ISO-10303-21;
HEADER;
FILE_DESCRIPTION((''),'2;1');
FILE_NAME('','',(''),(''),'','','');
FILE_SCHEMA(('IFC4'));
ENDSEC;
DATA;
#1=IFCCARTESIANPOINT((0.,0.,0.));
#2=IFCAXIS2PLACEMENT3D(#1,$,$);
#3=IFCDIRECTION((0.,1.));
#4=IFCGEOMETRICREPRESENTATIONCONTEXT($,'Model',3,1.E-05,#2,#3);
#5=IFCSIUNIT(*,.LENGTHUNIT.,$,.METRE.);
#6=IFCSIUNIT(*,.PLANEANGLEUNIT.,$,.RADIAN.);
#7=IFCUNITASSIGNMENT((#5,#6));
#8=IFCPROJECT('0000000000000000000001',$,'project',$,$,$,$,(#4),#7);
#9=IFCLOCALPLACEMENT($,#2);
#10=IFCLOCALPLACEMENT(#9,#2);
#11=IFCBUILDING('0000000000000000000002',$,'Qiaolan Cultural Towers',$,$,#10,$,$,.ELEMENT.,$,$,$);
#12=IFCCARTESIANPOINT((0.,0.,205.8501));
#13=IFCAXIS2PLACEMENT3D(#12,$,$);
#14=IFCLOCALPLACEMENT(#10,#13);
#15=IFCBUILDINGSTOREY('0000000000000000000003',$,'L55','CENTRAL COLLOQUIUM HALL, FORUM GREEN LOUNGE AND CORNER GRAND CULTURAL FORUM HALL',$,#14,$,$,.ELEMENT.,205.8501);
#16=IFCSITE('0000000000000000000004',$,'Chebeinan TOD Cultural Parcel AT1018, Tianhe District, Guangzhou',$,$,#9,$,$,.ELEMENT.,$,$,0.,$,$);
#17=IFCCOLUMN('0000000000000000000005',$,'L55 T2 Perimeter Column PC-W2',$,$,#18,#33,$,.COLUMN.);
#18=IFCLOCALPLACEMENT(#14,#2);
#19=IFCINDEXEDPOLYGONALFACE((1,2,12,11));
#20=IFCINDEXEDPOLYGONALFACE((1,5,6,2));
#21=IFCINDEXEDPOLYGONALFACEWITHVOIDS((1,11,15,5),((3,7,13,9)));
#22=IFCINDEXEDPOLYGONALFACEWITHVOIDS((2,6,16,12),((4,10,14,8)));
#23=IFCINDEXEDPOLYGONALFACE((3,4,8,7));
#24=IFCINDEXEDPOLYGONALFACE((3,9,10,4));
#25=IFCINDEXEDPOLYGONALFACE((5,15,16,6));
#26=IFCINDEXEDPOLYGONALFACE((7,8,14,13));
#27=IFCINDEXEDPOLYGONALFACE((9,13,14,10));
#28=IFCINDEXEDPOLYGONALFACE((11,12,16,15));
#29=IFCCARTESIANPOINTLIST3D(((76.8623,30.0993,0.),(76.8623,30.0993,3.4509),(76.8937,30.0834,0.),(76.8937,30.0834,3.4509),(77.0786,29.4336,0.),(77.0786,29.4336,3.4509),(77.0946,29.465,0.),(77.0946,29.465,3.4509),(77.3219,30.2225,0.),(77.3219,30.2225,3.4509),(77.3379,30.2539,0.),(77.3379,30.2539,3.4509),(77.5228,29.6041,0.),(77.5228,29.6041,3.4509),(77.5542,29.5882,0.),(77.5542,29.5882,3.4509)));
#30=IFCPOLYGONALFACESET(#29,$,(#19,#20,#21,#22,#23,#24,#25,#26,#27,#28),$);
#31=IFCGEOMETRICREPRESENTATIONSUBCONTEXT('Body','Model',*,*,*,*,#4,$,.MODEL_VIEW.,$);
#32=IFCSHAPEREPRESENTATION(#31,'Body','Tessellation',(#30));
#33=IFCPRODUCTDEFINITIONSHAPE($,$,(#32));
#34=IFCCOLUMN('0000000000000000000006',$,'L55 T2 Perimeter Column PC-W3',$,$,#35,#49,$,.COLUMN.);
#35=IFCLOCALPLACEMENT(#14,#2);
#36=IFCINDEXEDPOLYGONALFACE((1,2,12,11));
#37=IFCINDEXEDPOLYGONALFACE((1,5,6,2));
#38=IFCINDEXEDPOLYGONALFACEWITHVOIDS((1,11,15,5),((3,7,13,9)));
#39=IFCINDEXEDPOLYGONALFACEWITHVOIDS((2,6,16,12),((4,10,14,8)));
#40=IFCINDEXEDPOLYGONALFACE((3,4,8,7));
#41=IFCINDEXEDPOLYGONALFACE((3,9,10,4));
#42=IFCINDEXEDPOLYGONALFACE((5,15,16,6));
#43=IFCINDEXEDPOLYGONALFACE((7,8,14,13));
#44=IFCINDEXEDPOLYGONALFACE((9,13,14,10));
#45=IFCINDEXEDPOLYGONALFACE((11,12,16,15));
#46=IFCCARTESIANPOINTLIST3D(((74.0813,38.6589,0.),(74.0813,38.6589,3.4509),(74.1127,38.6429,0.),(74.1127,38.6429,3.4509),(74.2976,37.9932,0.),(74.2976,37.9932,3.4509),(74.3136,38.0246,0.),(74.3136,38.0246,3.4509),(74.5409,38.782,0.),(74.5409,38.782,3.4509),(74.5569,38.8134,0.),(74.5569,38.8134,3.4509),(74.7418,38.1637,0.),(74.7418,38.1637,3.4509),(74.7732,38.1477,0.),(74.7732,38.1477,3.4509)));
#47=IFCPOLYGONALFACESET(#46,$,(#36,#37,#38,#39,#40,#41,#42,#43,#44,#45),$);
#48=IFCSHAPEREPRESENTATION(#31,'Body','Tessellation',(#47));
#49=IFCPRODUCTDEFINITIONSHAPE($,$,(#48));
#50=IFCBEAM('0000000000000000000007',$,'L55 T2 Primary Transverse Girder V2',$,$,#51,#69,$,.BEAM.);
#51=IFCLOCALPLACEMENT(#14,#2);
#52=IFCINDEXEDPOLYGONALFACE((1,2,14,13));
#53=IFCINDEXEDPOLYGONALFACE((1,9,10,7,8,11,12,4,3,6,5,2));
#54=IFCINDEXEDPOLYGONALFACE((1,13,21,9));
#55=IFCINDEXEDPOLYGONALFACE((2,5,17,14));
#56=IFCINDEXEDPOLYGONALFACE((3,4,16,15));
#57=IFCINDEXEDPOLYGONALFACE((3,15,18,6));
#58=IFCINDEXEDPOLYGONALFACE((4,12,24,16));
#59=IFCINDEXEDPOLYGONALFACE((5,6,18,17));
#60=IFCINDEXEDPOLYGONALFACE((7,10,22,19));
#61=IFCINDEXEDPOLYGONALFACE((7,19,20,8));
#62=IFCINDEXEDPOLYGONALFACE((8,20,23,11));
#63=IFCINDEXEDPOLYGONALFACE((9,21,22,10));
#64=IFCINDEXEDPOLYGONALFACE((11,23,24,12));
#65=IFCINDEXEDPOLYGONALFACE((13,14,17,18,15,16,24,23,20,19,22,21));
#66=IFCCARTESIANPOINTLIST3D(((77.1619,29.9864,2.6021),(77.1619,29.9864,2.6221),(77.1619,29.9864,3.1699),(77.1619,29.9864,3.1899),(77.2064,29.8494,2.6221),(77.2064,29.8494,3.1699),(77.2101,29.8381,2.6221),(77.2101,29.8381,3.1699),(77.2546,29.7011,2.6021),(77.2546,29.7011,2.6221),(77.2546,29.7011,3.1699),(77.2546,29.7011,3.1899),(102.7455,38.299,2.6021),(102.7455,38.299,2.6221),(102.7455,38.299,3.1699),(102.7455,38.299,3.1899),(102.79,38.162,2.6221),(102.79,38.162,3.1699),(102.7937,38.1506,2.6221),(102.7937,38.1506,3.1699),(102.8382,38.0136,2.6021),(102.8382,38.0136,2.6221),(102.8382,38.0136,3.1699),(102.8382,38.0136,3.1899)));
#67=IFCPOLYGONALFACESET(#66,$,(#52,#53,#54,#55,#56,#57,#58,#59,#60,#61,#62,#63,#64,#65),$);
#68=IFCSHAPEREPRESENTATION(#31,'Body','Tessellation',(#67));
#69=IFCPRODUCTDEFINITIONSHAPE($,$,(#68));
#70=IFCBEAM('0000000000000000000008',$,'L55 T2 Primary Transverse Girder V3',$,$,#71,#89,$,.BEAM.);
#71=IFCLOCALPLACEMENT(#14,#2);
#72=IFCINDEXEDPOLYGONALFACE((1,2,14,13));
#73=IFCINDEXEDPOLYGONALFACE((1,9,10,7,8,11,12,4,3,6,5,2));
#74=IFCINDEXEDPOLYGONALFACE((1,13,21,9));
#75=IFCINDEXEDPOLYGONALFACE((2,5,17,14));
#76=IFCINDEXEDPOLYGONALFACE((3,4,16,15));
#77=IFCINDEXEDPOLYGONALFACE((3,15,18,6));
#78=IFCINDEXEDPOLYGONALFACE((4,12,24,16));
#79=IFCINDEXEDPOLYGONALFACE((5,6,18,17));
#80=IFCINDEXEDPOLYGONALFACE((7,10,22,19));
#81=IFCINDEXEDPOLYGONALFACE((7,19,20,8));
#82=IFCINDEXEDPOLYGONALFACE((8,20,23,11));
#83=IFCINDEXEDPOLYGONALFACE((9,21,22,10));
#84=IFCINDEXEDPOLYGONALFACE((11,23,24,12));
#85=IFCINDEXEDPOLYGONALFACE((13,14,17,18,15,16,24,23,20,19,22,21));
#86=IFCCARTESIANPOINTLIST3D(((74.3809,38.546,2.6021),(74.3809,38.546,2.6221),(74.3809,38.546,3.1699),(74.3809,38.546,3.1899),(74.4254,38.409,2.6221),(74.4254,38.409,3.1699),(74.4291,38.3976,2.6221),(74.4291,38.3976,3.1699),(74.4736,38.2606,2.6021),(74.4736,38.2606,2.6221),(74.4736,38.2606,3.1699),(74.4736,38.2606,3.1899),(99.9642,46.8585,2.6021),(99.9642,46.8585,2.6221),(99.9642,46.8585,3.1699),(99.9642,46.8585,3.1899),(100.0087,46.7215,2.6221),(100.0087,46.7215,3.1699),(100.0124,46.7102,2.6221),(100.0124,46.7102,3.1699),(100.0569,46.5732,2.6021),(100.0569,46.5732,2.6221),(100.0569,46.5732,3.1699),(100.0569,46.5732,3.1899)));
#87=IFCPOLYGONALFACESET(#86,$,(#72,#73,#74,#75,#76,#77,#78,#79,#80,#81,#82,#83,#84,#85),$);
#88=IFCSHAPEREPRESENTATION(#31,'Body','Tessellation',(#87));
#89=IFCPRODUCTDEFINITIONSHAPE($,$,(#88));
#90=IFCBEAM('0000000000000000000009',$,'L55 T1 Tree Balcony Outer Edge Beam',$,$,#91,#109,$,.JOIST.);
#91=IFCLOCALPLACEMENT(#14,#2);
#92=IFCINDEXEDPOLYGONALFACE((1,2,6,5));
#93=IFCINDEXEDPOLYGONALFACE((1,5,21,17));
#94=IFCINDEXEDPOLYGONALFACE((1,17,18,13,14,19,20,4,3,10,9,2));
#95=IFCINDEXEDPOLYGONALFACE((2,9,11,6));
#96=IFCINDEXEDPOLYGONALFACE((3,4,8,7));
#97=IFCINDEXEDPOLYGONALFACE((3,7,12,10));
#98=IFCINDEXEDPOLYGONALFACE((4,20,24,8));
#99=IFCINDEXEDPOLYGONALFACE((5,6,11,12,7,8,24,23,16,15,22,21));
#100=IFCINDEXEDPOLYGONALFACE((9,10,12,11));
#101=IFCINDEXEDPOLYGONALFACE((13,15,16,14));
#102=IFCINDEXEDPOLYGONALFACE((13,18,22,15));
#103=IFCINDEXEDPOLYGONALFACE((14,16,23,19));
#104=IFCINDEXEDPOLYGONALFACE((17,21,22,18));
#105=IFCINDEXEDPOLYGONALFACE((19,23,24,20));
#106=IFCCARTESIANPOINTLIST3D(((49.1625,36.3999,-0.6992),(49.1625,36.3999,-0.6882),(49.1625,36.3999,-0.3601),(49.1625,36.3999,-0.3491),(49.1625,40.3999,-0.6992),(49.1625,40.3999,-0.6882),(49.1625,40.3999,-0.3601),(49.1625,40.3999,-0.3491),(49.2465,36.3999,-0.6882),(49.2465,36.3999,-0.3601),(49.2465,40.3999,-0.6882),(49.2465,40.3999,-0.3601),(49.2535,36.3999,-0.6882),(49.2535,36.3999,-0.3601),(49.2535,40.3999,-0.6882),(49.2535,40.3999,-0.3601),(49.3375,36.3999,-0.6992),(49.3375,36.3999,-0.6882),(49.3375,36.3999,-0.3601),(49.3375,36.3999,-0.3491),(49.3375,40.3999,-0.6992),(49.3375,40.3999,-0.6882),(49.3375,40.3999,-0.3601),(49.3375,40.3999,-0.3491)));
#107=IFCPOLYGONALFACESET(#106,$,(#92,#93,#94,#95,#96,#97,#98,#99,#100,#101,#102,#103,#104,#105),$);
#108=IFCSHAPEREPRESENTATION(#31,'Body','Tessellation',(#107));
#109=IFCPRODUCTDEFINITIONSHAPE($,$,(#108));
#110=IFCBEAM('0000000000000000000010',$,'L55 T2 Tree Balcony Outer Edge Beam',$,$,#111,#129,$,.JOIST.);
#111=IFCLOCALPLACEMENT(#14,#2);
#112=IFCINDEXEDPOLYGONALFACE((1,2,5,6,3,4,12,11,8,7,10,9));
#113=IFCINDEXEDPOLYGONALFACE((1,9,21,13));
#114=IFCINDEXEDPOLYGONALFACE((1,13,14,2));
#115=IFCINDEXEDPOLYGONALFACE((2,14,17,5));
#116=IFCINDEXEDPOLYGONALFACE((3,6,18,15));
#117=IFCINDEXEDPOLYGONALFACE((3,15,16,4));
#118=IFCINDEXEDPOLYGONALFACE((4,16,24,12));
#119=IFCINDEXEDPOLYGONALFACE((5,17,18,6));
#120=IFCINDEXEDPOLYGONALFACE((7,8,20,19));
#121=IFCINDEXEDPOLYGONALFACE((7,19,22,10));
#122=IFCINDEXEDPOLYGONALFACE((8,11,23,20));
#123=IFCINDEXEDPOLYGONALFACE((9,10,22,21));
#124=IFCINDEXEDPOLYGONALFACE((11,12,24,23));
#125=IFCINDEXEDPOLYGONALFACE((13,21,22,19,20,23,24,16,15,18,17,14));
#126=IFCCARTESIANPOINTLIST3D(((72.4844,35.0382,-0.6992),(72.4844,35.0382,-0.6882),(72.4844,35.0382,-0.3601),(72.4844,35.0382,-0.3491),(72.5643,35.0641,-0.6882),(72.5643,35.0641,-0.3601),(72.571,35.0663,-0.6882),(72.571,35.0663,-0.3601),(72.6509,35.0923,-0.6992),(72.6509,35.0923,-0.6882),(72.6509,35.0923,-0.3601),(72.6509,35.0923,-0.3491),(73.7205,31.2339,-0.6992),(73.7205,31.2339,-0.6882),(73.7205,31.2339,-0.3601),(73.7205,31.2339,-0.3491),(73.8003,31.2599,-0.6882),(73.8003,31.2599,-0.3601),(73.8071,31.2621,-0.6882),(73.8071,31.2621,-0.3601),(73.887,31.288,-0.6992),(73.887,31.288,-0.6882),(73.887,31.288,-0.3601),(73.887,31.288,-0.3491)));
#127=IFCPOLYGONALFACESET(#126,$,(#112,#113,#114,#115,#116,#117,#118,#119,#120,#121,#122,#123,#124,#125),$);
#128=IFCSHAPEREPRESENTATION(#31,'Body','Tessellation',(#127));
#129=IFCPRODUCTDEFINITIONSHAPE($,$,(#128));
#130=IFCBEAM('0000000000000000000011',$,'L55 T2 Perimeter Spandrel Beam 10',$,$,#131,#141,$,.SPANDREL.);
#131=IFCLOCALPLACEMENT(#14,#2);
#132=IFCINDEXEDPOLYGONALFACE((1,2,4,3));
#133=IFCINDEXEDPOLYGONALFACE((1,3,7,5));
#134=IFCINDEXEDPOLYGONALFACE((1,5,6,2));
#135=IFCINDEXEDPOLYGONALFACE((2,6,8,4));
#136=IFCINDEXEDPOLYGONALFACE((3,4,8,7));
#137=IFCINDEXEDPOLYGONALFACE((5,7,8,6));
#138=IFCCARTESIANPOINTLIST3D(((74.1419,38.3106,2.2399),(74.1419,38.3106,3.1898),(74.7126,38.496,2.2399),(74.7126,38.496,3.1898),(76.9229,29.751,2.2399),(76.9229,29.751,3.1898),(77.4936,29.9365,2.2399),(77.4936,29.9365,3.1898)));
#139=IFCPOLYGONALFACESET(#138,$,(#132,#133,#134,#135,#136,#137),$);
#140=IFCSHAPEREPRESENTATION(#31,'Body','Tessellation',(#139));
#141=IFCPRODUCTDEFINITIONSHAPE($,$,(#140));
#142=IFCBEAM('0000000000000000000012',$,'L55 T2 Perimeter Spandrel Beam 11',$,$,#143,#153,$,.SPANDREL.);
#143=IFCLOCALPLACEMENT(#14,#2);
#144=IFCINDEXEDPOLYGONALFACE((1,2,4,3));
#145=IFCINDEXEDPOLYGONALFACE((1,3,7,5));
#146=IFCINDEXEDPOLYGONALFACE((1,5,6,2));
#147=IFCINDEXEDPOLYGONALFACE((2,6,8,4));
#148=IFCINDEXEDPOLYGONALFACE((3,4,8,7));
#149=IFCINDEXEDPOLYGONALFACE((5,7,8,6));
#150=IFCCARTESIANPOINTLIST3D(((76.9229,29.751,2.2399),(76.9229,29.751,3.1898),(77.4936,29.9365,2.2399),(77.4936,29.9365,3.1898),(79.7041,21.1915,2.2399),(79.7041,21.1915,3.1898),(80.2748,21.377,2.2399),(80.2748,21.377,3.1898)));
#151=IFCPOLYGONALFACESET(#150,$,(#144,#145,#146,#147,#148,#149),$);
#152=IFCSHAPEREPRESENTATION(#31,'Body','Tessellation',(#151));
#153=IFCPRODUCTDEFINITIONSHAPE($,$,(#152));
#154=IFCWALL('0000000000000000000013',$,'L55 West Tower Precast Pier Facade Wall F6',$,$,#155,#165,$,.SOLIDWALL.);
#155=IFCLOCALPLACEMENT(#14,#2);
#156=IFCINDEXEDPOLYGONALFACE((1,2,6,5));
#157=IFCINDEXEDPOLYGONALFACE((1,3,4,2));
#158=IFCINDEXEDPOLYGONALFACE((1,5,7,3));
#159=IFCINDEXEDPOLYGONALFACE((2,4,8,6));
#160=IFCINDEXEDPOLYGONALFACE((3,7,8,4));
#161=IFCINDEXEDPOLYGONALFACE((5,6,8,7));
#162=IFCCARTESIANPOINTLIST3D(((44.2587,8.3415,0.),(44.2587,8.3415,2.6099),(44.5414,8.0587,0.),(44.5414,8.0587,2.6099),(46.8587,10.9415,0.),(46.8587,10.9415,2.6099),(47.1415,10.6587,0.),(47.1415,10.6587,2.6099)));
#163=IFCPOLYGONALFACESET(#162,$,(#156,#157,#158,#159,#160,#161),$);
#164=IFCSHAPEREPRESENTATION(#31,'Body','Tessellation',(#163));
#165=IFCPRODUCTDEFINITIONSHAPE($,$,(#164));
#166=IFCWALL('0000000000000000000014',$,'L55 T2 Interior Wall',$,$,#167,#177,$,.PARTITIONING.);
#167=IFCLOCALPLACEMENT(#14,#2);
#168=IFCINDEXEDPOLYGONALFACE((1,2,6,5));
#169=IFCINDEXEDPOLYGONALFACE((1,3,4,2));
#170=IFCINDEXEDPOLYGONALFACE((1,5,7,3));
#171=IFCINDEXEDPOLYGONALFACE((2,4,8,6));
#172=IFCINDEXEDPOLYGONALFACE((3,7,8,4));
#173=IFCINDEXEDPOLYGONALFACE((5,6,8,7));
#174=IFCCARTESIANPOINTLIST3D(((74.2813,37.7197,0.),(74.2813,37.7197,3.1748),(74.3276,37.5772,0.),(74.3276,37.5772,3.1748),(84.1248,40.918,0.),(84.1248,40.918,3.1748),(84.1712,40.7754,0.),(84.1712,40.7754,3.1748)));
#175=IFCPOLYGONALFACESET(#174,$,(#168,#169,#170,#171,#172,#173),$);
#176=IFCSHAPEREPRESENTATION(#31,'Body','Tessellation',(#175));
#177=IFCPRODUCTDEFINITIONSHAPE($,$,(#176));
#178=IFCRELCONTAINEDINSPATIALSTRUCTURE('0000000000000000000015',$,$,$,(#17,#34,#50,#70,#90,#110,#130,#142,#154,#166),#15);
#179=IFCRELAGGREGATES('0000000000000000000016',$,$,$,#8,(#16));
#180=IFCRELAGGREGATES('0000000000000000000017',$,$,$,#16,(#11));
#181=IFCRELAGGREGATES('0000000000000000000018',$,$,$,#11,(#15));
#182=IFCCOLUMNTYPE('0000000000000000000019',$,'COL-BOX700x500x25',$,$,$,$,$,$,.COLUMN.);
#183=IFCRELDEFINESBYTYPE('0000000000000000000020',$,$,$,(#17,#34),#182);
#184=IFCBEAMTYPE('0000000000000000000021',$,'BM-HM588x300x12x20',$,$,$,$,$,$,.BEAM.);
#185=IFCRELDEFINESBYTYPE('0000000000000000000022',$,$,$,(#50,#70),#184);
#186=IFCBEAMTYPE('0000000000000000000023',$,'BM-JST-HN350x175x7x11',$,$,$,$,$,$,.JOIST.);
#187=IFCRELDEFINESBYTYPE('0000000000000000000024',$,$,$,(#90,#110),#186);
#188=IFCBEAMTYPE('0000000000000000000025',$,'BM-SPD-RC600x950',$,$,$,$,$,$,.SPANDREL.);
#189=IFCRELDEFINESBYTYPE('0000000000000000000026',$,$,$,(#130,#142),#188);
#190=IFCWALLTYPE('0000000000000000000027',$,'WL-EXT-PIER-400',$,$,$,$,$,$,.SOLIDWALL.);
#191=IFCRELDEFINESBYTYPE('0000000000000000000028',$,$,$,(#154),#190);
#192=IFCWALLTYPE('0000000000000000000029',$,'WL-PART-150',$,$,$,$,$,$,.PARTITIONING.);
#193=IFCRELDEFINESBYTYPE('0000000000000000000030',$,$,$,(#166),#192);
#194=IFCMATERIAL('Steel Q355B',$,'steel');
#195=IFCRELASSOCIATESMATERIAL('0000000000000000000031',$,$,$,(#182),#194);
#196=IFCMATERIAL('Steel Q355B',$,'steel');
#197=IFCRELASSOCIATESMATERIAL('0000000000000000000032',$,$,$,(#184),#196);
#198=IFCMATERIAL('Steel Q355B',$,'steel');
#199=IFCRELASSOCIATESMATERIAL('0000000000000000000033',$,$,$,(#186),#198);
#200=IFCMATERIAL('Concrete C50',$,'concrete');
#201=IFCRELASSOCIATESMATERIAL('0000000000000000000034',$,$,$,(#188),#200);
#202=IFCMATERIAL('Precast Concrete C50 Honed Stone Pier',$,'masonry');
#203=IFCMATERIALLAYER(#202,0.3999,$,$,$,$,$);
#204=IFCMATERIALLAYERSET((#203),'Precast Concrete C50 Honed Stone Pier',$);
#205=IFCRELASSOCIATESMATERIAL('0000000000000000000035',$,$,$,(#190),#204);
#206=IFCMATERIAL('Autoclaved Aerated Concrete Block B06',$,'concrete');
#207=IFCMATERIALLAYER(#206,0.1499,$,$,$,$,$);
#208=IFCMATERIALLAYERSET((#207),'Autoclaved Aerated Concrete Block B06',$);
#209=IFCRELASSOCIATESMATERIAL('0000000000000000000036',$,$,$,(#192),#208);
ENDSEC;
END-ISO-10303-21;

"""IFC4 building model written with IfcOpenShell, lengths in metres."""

from ifc_helpers import new_model, si_unit, direction, frame, frame_2d, origin, origin_2d, place, context, subcontext, project, spatial, rectangle, hollow_rectangle, i_section, extrude, material, layer, layer_set, material_profile, profile_set, type_object, element, save


model = new_model("IFC4")

# Units and contexts
model_context = context("Model", 3, precision=1e-05, world=origin(), true_north=direction((0.0, 1.0)))
body_context = subcontext(model_context, "Body", "Model", "MODEL_VIEW")
ifc_project = project(units=[si_unit("LENGTHUNIT", "METRE"), si_unit("PLANEANGLEUNIT", "RADIAN")], contexts=[model_context])

# Site, building, storey
site_placement = place(None, origin())
site = spatial("IfcSite", under=ifc_project, at=site_placement, Name="Chebeinan TOD Cultural Parcel AT1018, Tianhe District, Guangzhou", CompositionType="ELEMENT", RefElevation=0.0)
building_placement = place(site_placement, origin())
building = spatial("IfcBuilding", under=site, at=building_placement, Name="Qiaolan Cultural Towers", CompositionType="ELEMENT")
storey_placement = place(building_placement, frame((0.0, 0.0, 205.8501)))
storey = spatial("IfcBuildingStorey", under=building, at=storey_placement, Name="L55", Description="CENTRAL COLLOQUIUM HALL, FORUM GREEN LOUNGE AND CORNER GRAND CULTURAL FORUM HALL", CompositionType="ELEMENT", Elevation=205.8501)

# Columns
ifc_material_1 = material(Name="Steel Q355B", Category="steel")
ifc_material_profile_1 = material_profile(ifc_material_1, hollow_rectangle(XDim=0.5, YDim=0.7, WallThickness=0.0249, at=origin_2d()), Name="BOX700x500x25")
ifc_profile_set_1 = profile_set([ifc_material_profile_1], Name="Steel Q355B")
column_type = type_object("IfcColumnType", Name="COL-BOX700x500x25", PredefinedType="COLUMN", material=ifc_profile_set_1)
for number, where, z_axis, x_axis, name in (
    (1, (77.2083, 29.8438, 0.0), (0.0, 0.0, 1.0), (0.951057, 0.309017, 0.0), "L55 T2 Perimeter Column PC-W2"),
    (2, (74.4272, 38.4033, 0.0), (0.0, 0.0, 1.0), (0.951057, 0.309017, 0.0), "L55 T2 Perimeter Column PC-W3"),
):
    element("IfcColumn", number, at=place(storey_placement, frame(where, z_axis=z_axis, x_axis=x_axis)), inside=storey, type_object=column_type, Name=name, PredefinedType="COLUMN", context=body_context, shape_type="SweptSolid", body=[
        extrude(hollow_rectangle(XDim=0.5, YDim=0.7, WallThickness=0.0249, at=origin_2d()), origin(), (0.0, 0.0, 1.0), 3.4509),
    ])

# Beams
ifc_material_2 = material(Name="Steel Q355B", Category="steel")
ifc_material_profile_2 = material_profile(ifc_material_2, i_section(OverallWidth=0.3, OverallDepth=0.5879, WebThickness=0.012, FlangeThickness=0.02, at=origin_2d()), Name="HM588x300x12x20")
ifc_profile_set_2 = profile_set([ifc_material_profile_2], Name="Steel Q355B")
beam_type_1 = type_object("IfcBeamType", Name="BM-HM588x300x12x20", PredefinedType="BEAM", material=ifc_profile_set_2)
beam_1_placement = place(storey_placement, frame((77.2083, 29.8438, 2.896), z_axis=(0.951057, 0.309014, 0.0), x_axis=(-0.309014, 0.951057, 0.0)))
element("IfcBeam", 3, at=beam_1_placement, inside=storey, type_object=beam_type_1, Name="L55 T2 Primary Transverse Girder V2", PredefinedType="BEAM", context=body_context, shape_type="SweptSolid", body=[
    extrude(i_section(OverallWidth=0.3, OverallDepth=0.5879, WebThickness=0.012, FlangeThickness=0.02, at=origin_2d()), origin(), (0.0, 0.0, 1.0), 26.9001),
])
beam_2_placement = place(storey_placement, frame((74.4272, 38.4033, 2.896), z_axis=(0.951057, 0.309017, 0.0), x_axis=(-0.309017, 0.951057, 0.0)))
element("IfcBeam", 4, at=beam_2_placement, inside=storey, type_object=beam_type_1, Name="L55 T2 Primary Transverse Girder V3", PredefinedType="BEAM", context=body_context, shape_type="SweptSolid", body=[
    extrude(i_section(OverallWidth=0.3, OverallDepth=0.5879, WebThickness=0.012, FlangeThickness=0.02, at=origin_2d()), origin(), (0.0, 0.0, 1.0), 26.8999),
])
ifc_material_3 = material(Name="Steel Q355B", Category="steel")
ifc_material_profile_3 = material_profile(ifc_material_3, i_section(OverallWidth=0.175, OverallDepth=0.3501, WebThickness=0.0071, FlangeThickness=0.011, at=origin_2d()), Name="HN350x175x7x11")
ifc_profile_set_3 = profile_set([ifc_material_profile_3], Name="Steel Q355B")
beam_type_2 = type_object("IfcBeamType", Name="BM-JST-HN350x175x7x11", PredefinedType="JOIST", material=ifc_profile_set_3)
for number, where, z_axis, x_axis, name in (
    (5, (49.25, 36.3999, -0.5242), (0.0, 1.0, 0.0), (-1.0, 0.0, 0.0), "L55 T1 Tree Balcony Outer Edge Beam"),
    (6, (73.8037, 31.261, -0.5242), (-0.309023, 0.951055, 0.0), (-0.951055, -0.309023, 0.0), "L55 T2 Tree Balcony Outer Edge Beam"),
):
    element("IfcBeam", number, at=place(storey_placement, frame(where, z_axis=z_axis, x_axis=x_axis)), inside=storey, type_object=beam_type_2, Name=name, PredefinedType="JOIST", context=body_context, shape_type="SweptSolid", body=[
        extrude(i_section(OverallWidth=0.175, OverallDepth=0.3501, WebThickness=0.0071, FlangeThickness=0.011, at=origin_2d()), origin(), (0.0, 0.0, 1.0), 4.0),
    ])
ifc_material_4 = material(Name="Concrete C50", Category="concrete")
ifc_material_profile_4 = material_profile(ifc_material_4, rectangle(XDim=0.6001, YDim=0.95, at=origin_2d()), Name="RC600x950")
ifc_profile_set_4 = profile_set([ifc_material_profile_4], Name="Concrete C50")
beam_type_3 = type_object("IfcBeamType", Name="BM-SPD-RC600x950", PredefinedType="SPANDREL", material=ifc_profile_set_4)
for number, where, z_axis, x_axis, name in (
    (7, (74.4272, 38.4033, 2.7148), (0.309, -0.951062, 0.0), (0.951062, 0.309, 0.0), "L55 T2 Perimeter Spandrel Beam 10"),
    (8, (77.2083, 29.8438, 2.7148), (0.309025, -0.951054, 0.0), (0.951054, 0.309025, 0.0), "L55 T2 Perimeter Spandrel Beam 11"),
):
    element("IfcBeam", number, at=place(storey_placement, frame(where, z_axis=z_axis, x_axis=x_axis)), inside=storey, type_object=beam_type_3, Name=name, PredefinedType="SPANDREL", context=body_context, shape_type="SweptSolid", body=[
        extrude(rectangle(XDim=0.6001, YDim=0.95, at=origin_2d()), origin(), (0.0, 0.0, 1.0), 9.0),
    ])

# Walls
ifc_material_5 = material(Name="Precast Concrete C50 Honed Stone Pier", Category="masonry")
ifc_layer_1 = layer(ifc_material_5, 0.3999)
ifc_layer_set_1 = layer_set([ifc_layer_1], Name="Precast Concrete C50 Honed Stone Pier")
wall_type_1 = type_object("IfcWallType", Name="WL-EXT-PIER-400", PredefinedType="SOLIDWALL", material=ifc_layer_set_1)
wall_1_placement = place(storey_placement, frame((47.0, 10.8, 0.0), z_axis=(0.0, 0.0, 1.0), x_axis=(-0.707107, -0.707107, 0.0)))
element("IfcWall", 9, at=wall_1_placement, inside=storey, type_object=wall_type_1, Name="L55 West Tower Precast Pier Facade Wall F6", PredefinedType="SOLIDWALL", context=body_context, shape_type="SweptSolid", body=[
    extrude(rectangle(XDim=3.677, YDim=0.3999, at=frame_2d((1.8384, 0.0))), origin(), (0.0, 0.0, 1.0), 2.6099),
])
ifc_material_6 = material(Name="Autoclaved Aerated Concrete Block B06", Category="concrete")
ifc_layer_2 = layer(ifc_material_6, 0.1499)
ifc_layer_set_2 = layer_set([ifc_layer_2], Name="Autoclaved Aerated Concrete Block B06")
wall_type_2 = type_object("IfcWallType", Name="WL-PART-150", PredefinedType="PARTITIONING", material=ifc_layer_set_2)
wall_2_placement = place(storey_placement, frame((74.3044, 37.6484, 0.0), z_axis=(0.0, 0.0, 1.0), x_axis=(0.95106, 0.309008, 0.0)))
element("IfcWall", 10, at=wall_2_placement, inside=storey, type_object=wall_type_2, Name="L55 T2 Interior Wall", PredefinedType="PARTITIONING", context=body_context, shape_type="SweptSolid", body=[
    extrude(rectangle(XDim=10.3501, YDim=0.1499, at=frame_2d((5.175, 0.0))), origin(), (0.0, 0.0, 1.0), 3.1748),
])

save(model, "model.ifc")
